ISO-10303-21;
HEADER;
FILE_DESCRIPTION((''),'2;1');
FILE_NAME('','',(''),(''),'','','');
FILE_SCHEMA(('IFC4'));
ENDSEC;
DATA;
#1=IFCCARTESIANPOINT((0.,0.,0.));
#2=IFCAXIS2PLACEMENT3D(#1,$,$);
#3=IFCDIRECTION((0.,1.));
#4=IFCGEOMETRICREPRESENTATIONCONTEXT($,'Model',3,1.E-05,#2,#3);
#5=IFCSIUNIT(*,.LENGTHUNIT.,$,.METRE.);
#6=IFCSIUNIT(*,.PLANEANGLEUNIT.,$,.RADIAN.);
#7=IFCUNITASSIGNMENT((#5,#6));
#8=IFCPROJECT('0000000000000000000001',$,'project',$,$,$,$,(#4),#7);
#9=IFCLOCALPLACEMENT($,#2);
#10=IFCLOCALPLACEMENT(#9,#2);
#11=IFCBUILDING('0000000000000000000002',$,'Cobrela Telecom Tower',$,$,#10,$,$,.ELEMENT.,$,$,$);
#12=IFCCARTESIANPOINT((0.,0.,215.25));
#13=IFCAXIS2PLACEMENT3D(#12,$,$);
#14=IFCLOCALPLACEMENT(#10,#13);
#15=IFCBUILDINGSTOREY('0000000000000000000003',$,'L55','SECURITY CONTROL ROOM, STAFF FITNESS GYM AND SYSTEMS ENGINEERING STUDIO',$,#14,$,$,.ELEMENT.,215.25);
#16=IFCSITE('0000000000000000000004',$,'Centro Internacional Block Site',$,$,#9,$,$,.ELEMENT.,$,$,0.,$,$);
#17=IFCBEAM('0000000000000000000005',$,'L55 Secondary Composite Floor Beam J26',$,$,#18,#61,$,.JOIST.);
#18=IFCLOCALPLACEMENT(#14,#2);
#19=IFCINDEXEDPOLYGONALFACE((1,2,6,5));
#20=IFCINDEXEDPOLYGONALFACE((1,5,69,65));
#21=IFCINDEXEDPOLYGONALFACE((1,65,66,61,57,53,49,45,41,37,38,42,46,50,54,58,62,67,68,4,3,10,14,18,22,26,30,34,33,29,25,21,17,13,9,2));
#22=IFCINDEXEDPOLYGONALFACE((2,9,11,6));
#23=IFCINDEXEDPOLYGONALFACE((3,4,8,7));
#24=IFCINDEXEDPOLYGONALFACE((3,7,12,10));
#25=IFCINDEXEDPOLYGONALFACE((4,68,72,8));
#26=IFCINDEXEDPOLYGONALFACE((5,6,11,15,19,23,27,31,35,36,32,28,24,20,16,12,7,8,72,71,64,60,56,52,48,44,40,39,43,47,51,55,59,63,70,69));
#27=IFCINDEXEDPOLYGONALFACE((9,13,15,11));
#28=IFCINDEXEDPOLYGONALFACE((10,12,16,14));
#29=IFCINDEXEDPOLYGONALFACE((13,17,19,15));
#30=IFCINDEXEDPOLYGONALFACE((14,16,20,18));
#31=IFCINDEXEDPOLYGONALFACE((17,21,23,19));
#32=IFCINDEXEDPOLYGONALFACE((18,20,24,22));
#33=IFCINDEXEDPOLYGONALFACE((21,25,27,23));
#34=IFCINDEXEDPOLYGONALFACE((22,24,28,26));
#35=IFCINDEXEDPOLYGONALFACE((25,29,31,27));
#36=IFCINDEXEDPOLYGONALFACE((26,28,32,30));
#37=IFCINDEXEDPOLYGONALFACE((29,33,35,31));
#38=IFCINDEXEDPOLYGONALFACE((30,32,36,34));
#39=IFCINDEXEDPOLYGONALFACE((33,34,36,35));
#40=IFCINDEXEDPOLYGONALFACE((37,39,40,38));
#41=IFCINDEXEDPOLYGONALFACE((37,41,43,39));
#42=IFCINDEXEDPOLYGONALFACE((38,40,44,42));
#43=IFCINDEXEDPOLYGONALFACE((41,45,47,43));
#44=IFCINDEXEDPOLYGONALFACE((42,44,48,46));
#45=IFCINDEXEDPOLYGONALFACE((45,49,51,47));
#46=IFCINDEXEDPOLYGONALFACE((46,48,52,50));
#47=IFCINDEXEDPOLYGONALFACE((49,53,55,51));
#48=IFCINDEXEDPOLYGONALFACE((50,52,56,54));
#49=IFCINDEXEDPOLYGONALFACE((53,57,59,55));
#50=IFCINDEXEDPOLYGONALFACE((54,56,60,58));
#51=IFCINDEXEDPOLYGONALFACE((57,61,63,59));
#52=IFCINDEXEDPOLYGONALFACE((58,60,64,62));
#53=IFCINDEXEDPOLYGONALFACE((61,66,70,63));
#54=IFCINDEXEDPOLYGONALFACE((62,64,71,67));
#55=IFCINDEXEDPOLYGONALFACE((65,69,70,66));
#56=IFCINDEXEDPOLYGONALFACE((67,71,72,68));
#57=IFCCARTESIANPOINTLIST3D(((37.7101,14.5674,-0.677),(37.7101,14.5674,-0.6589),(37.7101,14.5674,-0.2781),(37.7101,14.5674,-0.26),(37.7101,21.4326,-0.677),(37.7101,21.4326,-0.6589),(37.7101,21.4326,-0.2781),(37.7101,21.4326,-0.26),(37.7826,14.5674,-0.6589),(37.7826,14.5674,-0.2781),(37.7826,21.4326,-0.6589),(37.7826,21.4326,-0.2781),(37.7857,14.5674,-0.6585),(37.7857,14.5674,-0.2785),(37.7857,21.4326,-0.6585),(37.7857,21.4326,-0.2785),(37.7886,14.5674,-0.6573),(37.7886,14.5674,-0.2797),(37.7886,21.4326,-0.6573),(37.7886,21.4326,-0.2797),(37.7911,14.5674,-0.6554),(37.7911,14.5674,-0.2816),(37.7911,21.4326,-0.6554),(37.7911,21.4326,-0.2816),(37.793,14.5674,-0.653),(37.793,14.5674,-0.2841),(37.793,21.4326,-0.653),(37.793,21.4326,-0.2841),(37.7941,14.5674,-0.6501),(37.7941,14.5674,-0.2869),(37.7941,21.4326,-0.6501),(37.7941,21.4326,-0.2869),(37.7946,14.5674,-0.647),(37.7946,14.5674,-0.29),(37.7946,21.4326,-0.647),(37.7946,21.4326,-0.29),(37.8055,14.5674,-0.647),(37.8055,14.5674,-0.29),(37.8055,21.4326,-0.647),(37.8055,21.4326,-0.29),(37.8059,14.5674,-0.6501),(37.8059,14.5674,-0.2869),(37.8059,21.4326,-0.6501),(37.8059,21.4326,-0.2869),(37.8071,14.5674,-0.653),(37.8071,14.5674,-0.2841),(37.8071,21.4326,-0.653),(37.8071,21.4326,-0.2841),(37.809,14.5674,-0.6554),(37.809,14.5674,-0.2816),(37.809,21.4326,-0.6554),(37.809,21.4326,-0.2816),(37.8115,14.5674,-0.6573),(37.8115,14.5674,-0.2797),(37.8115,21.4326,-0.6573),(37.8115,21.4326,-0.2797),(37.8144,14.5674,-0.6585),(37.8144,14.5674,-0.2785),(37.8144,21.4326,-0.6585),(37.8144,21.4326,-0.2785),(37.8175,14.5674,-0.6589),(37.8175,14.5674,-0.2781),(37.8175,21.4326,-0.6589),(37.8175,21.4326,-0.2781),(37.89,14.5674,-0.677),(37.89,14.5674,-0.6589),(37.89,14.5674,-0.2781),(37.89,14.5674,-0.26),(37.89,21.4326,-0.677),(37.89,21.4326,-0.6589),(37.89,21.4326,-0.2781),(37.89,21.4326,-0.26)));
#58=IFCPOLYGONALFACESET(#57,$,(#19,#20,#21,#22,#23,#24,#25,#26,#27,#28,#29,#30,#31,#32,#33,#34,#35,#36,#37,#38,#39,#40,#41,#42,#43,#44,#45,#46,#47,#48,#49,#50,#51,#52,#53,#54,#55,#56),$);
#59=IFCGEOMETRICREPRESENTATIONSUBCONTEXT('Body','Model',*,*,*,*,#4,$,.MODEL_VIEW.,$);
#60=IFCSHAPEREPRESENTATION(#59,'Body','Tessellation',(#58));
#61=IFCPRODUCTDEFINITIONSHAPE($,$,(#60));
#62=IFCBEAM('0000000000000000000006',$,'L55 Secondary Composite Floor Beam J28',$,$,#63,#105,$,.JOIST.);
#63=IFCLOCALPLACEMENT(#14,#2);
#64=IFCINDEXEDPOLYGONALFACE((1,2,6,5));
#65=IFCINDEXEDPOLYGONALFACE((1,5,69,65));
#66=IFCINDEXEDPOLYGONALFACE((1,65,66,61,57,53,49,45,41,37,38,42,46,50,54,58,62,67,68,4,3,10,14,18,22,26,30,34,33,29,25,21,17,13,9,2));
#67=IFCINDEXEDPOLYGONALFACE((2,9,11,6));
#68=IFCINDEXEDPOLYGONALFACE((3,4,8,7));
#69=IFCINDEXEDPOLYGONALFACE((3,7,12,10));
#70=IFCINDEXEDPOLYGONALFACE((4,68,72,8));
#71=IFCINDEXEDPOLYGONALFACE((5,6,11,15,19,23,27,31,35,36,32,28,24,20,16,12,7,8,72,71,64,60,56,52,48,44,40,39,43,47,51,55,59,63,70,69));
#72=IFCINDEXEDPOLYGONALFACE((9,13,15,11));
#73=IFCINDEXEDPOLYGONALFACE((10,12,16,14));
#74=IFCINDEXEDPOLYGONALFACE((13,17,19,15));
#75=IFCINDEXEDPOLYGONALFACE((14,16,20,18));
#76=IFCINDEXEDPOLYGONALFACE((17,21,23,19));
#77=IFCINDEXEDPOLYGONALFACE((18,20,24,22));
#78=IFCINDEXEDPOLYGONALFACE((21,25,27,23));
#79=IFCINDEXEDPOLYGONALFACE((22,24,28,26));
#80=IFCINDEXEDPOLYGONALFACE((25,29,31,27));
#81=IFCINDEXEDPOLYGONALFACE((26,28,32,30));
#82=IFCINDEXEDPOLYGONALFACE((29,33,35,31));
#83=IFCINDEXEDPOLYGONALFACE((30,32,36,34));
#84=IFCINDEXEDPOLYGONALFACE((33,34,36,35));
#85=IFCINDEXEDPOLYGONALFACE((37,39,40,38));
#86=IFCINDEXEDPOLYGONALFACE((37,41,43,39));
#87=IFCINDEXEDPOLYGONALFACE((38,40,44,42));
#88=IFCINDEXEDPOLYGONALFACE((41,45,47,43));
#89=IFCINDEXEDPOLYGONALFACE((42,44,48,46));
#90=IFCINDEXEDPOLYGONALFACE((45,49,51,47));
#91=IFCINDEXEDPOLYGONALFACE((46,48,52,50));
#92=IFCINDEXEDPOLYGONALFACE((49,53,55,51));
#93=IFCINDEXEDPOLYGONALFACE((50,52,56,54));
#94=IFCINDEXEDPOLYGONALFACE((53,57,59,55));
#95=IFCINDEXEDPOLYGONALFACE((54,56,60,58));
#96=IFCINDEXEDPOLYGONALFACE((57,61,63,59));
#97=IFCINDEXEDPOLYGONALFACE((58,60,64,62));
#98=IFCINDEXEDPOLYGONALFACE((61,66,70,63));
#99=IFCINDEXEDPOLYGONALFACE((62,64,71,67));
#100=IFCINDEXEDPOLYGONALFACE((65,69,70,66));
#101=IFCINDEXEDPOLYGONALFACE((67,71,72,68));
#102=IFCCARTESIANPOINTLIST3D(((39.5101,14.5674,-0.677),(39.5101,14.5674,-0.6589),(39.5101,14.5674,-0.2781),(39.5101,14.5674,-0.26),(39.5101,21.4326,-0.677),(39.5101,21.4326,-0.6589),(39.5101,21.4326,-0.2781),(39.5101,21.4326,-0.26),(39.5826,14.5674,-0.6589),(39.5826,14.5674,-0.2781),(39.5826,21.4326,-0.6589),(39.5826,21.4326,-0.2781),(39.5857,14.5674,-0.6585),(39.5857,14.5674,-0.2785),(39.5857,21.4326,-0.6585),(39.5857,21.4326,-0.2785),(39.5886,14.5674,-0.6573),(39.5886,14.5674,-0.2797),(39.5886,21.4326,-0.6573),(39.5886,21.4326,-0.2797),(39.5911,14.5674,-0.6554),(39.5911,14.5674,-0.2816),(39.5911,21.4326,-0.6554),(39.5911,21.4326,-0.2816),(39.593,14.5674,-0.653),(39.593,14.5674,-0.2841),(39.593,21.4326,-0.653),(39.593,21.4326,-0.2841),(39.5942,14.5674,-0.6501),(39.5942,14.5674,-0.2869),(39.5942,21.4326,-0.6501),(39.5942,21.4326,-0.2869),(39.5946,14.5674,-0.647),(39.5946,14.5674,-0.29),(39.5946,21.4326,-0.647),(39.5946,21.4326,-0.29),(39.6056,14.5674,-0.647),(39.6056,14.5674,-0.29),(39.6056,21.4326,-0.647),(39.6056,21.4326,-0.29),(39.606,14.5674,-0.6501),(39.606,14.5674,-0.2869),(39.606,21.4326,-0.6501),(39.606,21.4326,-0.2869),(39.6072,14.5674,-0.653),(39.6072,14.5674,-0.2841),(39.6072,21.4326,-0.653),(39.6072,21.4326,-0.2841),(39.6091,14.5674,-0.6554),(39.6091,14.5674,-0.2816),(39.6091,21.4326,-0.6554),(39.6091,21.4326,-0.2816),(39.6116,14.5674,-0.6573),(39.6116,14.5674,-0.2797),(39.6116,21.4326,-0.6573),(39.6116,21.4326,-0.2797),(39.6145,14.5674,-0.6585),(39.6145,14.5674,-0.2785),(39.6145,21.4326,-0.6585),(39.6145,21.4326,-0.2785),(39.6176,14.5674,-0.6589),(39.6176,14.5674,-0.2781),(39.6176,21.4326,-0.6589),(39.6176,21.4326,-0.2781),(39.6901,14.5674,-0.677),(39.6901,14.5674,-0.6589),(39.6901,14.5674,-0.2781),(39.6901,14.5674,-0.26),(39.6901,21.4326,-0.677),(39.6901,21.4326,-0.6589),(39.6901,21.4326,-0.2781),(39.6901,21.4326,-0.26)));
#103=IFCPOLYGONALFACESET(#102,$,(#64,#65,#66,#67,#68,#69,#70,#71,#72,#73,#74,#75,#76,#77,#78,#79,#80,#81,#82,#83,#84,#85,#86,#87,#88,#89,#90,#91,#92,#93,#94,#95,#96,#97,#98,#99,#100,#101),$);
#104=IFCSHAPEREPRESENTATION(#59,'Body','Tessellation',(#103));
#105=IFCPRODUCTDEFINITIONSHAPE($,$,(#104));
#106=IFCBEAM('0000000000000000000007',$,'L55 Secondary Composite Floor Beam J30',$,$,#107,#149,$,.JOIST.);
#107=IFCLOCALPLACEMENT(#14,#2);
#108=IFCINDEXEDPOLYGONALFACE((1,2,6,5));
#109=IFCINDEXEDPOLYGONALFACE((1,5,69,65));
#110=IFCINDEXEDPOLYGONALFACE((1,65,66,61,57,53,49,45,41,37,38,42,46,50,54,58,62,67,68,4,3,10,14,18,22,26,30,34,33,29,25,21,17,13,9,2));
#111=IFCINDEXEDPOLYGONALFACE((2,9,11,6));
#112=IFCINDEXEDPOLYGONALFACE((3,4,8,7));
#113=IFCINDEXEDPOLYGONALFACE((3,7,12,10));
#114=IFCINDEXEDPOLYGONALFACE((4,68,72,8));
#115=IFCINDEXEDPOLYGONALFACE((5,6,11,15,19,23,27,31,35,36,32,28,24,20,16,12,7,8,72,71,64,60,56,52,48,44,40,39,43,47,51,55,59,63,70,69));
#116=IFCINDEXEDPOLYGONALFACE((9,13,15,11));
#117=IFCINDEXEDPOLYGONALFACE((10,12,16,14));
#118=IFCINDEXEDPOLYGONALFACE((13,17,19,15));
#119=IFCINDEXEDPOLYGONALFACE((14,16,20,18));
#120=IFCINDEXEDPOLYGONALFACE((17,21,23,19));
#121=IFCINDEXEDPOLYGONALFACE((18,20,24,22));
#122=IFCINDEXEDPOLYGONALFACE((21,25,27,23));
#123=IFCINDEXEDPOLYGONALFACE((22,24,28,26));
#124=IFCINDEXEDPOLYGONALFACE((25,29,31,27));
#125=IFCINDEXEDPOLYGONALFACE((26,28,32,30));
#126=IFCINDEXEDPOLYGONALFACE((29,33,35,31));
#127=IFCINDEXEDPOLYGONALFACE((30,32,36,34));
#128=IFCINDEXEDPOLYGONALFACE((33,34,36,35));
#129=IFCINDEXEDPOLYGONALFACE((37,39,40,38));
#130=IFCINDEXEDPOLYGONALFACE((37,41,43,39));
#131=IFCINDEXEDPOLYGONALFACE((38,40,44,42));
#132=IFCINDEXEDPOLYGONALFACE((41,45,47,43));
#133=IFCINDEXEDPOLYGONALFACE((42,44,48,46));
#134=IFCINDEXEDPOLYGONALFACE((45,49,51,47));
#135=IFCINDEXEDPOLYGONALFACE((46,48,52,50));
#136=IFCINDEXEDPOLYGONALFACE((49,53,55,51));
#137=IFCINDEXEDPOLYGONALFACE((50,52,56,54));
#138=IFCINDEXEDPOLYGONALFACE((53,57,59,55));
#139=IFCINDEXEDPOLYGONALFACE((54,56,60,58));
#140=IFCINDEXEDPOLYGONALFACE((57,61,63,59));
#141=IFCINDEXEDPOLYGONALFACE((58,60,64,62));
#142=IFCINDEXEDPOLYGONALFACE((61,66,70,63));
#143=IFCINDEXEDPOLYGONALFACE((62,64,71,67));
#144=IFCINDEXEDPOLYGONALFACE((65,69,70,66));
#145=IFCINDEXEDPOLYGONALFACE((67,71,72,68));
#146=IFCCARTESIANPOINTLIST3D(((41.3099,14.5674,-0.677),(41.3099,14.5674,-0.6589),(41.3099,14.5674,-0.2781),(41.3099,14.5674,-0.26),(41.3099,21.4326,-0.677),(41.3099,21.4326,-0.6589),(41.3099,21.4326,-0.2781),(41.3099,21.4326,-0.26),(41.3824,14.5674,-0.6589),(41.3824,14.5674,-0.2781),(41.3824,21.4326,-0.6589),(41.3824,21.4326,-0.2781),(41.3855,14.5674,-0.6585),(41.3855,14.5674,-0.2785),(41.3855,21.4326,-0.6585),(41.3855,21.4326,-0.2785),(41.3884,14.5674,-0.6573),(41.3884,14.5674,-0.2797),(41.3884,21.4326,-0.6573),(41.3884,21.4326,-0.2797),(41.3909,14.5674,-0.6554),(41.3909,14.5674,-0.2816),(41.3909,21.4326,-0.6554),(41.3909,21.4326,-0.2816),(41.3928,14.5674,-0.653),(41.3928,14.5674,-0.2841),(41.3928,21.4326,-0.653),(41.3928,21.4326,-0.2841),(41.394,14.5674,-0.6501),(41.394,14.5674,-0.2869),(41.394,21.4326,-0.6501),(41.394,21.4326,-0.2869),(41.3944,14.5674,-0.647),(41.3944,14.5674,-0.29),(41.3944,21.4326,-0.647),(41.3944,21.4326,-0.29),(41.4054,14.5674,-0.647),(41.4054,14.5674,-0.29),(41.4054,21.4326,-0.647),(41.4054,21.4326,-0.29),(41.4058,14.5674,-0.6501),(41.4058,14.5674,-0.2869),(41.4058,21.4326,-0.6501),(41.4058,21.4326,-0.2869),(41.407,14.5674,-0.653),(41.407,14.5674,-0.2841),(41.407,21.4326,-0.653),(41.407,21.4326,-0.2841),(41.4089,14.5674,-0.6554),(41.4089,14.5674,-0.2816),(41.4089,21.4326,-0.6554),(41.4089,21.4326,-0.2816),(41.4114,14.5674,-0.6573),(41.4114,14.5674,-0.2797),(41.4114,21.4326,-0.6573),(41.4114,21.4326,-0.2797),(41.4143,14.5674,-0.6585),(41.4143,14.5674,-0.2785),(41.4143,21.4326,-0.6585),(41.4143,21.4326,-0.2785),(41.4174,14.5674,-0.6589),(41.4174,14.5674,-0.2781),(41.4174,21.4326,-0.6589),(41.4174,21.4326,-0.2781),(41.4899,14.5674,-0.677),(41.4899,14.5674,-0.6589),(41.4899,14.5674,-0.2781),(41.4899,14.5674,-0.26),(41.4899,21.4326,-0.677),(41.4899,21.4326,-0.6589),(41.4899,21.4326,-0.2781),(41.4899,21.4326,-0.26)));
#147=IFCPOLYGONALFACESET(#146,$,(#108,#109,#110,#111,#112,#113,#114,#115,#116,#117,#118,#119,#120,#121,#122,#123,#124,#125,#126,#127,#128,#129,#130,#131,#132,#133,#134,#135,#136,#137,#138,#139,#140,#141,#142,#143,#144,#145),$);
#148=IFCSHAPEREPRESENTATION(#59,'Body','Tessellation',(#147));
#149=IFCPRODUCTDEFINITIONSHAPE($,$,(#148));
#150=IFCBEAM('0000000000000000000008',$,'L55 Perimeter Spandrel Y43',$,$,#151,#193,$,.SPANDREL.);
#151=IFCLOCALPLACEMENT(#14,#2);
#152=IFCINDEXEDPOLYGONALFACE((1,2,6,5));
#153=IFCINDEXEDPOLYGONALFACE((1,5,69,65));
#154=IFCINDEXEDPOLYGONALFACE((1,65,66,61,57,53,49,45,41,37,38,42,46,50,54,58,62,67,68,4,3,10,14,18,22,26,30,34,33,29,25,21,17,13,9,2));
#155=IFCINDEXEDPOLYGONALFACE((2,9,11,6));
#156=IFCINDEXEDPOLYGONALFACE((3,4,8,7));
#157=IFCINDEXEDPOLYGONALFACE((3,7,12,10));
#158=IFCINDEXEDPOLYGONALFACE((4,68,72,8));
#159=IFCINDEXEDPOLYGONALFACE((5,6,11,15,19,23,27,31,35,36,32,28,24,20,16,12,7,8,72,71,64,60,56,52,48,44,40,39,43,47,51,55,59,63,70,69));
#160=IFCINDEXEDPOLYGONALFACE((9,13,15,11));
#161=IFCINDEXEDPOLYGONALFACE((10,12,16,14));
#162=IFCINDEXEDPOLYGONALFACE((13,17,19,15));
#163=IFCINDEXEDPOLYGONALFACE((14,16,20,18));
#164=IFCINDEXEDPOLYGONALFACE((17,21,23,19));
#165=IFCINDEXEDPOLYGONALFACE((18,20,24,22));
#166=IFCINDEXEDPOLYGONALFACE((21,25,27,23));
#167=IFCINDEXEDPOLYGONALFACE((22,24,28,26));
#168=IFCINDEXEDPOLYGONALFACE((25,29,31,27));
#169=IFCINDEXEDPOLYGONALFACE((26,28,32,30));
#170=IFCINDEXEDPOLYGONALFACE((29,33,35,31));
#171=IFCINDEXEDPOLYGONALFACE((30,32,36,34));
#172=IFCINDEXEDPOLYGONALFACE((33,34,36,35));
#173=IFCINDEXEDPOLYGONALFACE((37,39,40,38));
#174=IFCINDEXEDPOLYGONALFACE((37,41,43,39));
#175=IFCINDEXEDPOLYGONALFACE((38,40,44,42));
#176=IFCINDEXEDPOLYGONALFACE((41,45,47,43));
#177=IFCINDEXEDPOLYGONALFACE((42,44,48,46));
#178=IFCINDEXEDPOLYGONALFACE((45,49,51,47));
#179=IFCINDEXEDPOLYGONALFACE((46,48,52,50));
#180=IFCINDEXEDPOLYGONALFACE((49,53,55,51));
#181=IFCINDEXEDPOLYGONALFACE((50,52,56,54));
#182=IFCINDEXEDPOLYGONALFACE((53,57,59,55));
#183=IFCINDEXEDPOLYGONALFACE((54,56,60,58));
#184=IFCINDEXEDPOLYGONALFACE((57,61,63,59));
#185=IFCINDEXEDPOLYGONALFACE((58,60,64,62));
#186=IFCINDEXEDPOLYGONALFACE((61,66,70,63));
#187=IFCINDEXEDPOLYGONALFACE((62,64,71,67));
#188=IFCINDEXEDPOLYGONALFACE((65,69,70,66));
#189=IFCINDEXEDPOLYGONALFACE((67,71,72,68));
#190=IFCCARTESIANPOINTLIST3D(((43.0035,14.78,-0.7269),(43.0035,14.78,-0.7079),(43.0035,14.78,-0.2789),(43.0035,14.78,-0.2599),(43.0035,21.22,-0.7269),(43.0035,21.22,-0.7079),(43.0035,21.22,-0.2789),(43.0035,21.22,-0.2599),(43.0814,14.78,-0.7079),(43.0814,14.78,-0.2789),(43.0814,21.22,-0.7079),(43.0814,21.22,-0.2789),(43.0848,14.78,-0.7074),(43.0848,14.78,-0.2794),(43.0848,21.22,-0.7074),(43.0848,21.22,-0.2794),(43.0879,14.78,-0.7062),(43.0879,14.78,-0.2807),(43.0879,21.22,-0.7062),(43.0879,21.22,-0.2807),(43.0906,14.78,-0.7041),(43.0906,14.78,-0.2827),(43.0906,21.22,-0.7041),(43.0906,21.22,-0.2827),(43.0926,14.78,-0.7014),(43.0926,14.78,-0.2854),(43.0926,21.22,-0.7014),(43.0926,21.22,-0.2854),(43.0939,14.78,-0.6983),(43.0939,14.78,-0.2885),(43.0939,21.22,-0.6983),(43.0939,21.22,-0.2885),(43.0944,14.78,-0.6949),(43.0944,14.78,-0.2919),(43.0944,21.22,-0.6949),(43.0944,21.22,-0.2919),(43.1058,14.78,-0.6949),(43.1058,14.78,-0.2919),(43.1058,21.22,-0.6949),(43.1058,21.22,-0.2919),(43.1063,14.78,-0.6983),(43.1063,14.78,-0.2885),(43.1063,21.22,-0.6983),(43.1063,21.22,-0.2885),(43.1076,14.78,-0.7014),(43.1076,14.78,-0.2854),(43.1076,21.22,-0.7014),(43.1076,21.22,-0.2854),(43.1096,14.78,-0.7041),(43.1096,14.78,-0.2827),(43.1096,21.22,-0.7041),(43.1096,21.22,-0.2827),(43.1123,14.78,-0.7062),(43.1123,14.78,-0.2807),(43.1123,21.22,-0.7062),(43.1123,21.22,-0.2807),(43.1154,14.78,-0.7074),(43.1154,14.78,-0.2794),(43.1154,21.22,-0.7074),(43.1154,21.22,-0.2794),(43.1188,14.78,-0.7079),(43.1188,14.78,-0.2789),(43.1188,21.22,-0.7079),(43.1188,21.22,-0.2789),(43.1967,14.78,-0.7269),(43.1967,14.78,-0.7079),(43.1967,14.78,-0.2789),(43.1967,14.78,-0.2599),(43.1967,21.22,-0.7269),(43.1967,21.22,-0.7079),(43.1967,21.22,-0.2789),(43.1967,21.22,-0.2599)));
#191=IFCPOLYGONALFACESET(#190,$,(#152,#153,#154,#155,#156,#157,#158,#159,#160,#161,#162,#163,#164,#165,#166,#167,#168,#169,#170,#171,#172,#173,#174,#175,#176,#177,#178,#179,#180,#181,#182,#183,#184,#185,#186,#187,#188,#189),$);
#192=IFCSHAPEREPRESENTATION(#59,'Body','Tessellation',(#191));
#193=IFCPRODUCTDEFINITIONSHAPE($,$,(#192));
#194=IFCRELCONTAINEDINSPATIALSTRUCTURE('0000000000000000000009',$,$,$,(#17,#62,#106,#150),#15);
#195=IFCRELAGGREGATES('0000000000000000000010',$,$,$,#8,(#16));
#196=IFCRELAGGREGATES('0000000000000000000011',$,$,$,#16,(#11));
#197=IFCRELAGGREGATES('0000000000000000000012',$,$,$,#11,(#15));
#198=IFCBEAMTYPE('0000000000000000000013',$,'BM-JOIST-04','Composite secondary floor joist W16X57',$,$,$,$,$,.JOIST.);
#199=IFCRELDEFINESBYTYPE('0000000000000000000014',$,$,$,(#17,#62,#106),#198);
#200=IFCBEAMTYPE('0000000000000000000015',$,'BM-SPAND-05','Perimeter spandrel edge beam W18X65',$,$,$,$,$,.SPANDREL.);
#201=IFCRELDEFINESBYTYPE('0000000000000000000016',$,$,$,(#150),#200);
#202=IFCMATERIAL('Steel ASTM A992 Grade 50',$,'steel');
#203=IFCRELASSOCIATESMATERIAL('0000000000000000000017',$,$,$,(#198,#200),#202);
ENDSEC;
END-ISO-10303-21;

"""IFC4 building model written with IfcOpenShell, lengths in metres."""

from ifc_helpers import new_model, si_unit, direction, frame, origin, origin_2d, place, context, subcontext, project, spatial, i_section, extrude, material, material_profile, profile_set, type_object, element, save


model = new_model("IFC4")

# Units and contexts
model_context = context("Model", 3, precision=1e-05, world=origin(), true_north=direction((0.0, 1.0)))
body_context = subcontext(model_context, "Body", "Model", "MODEL_VIEW")
ifc_project = project(units=[si_unit("LENGTHUNIT", "METRE"), si_unit("PLANEANGLEUNIT", "RADIAN")], contexts=[model_context])

# Site, building, storey
site_placement = place(None, origin())
site = spatial("IfcSite", under=ifc_project, at=site_placement, Name="Centro Internacional Block Site", CompositionType="ELEMENT", RefElevation=0.0)
building_placement = place(site_placement, origin())
building = spatial("IfcBuilding", under=site, at=building_placement, Name="Cobrela Telecom Tower", CompositionType="ELEMENT")
storey_placement = place(building_placement, frame((0.0, 0.0, 215.25)))
storey = spatial("IfcBuildingStorey", under=building, at=storey_placement, Name="L55", Description="SECURITY CONTROL ROOM, STAFF FITNESS GYM AND SYSTEMS ENGINEERING STUDIO", CompositionType="ELEMENT", Elevation=215.25)

# Shared definitions
ifc_material_1 = material(Name="Steel ASTM A992 Grade 50", Category="steel")

# Beams
ifc_material_profile_1 = material_profile(ifc_material_1, i_section(OverallWidth=0.1799, OverallDepth=0.417, WebThickness=0.011, FlangeThickness=0.0181, FilletRadius=0.012, at=origin_2d()), Name="W16X57")
ifc_profile_set_1 = profile_set([ifc_material_profile_1], Name="Steel ASTM A992 Grade 50")
beam_type_1 = type_object("IfcBeamType", Name="BM-JOIST-04", Description="Composite secondary floor joist W16X57", PredefinedType="JOIST", material=ifc_profile_set_1)
for number, where, z_axis, x_axis, name in (
    (1, (37.8, 14.5674, -0.4685), (0.0, 1.0, 0.0), (-1.0, 0.0, 0.0), "L55 Secondary Composite Floor Beam J26"),
    (2, (39.6001, 14.5674, -0.4685), (0.0, 1.0, 0.0), (-1.0, 0.0, 0.0), "L55 Secondary Composite Floor Beam J28"),
    (3, (41.3999, 14.5674, -0.4685), (0.0, 1.0, 0.0), (-1.0, 0.0, 0.0), "L55 Secondary Composite Floor Beam J30"),
):
    element("IfcBeam", number, at=place(storey_placement, frame(where, z_axis=z_axis, x_axis=x_axis)), inside=storey, type_object=beam_type_1, Name=name, PredefinedType="JOIST", context=body_context, shape_type="SweptSolid", body=[
        extrude(i_section(OverallWidth=0.1799, OverallDepth=0.417, WebThickness=0.011, FlangeThickness=0.0181, FilletRadius=0.012, at=origin_2d()), origin(), (0.0, 0.0, 1.0), 6.8652),
    ])
ifc_material_profile_2 = material_profile(ifc_material_1, i_section(OverallWidth=0.1931, OverallDepth=0.467, WebThickness=0.0115, FlangeThickness=0.019, FilletRadius=0.0129, at=origin_2d()), Name="W18X65")
ifc_profile_set_2 = profile_set([ifc_material_profile_2], Name="Steel ASTM A992 Grade 50")
beam_type_2 = type_object("IfcBeamType", Name="BM-SPAND-05", Description="Perimeter spandrel edge beam W18X65", PredefinedType="SPANDREL", material=ifc_profile_set_2)
beam_1_placement = place(storey_placement, frame((43.1001, 14.78, -0.4934), z_axis=(0.0, 1.0, 0.0), x_axis=(-1.0, 0.0, 0.0)))
element("IfcBeam", 4, at=beam_1_placement, inside=storey, type_object=beam_type_2, Name="L55 Perimeter Spandrel Y43", PredefinedType="SPANDREL", context=body_context, shape_type="SweptSolid", body=[
    extrude(i_section(OverallWidth=0.1931, OverallDepth=0.467, WebThickness=0.0115, FlangeThickness=0.019, FilletRadius=0.0129, at=origin_2d()), origin(), (0.0, 0.0, 1.0), 6.4399),
])

save(model, "model.ifc")
